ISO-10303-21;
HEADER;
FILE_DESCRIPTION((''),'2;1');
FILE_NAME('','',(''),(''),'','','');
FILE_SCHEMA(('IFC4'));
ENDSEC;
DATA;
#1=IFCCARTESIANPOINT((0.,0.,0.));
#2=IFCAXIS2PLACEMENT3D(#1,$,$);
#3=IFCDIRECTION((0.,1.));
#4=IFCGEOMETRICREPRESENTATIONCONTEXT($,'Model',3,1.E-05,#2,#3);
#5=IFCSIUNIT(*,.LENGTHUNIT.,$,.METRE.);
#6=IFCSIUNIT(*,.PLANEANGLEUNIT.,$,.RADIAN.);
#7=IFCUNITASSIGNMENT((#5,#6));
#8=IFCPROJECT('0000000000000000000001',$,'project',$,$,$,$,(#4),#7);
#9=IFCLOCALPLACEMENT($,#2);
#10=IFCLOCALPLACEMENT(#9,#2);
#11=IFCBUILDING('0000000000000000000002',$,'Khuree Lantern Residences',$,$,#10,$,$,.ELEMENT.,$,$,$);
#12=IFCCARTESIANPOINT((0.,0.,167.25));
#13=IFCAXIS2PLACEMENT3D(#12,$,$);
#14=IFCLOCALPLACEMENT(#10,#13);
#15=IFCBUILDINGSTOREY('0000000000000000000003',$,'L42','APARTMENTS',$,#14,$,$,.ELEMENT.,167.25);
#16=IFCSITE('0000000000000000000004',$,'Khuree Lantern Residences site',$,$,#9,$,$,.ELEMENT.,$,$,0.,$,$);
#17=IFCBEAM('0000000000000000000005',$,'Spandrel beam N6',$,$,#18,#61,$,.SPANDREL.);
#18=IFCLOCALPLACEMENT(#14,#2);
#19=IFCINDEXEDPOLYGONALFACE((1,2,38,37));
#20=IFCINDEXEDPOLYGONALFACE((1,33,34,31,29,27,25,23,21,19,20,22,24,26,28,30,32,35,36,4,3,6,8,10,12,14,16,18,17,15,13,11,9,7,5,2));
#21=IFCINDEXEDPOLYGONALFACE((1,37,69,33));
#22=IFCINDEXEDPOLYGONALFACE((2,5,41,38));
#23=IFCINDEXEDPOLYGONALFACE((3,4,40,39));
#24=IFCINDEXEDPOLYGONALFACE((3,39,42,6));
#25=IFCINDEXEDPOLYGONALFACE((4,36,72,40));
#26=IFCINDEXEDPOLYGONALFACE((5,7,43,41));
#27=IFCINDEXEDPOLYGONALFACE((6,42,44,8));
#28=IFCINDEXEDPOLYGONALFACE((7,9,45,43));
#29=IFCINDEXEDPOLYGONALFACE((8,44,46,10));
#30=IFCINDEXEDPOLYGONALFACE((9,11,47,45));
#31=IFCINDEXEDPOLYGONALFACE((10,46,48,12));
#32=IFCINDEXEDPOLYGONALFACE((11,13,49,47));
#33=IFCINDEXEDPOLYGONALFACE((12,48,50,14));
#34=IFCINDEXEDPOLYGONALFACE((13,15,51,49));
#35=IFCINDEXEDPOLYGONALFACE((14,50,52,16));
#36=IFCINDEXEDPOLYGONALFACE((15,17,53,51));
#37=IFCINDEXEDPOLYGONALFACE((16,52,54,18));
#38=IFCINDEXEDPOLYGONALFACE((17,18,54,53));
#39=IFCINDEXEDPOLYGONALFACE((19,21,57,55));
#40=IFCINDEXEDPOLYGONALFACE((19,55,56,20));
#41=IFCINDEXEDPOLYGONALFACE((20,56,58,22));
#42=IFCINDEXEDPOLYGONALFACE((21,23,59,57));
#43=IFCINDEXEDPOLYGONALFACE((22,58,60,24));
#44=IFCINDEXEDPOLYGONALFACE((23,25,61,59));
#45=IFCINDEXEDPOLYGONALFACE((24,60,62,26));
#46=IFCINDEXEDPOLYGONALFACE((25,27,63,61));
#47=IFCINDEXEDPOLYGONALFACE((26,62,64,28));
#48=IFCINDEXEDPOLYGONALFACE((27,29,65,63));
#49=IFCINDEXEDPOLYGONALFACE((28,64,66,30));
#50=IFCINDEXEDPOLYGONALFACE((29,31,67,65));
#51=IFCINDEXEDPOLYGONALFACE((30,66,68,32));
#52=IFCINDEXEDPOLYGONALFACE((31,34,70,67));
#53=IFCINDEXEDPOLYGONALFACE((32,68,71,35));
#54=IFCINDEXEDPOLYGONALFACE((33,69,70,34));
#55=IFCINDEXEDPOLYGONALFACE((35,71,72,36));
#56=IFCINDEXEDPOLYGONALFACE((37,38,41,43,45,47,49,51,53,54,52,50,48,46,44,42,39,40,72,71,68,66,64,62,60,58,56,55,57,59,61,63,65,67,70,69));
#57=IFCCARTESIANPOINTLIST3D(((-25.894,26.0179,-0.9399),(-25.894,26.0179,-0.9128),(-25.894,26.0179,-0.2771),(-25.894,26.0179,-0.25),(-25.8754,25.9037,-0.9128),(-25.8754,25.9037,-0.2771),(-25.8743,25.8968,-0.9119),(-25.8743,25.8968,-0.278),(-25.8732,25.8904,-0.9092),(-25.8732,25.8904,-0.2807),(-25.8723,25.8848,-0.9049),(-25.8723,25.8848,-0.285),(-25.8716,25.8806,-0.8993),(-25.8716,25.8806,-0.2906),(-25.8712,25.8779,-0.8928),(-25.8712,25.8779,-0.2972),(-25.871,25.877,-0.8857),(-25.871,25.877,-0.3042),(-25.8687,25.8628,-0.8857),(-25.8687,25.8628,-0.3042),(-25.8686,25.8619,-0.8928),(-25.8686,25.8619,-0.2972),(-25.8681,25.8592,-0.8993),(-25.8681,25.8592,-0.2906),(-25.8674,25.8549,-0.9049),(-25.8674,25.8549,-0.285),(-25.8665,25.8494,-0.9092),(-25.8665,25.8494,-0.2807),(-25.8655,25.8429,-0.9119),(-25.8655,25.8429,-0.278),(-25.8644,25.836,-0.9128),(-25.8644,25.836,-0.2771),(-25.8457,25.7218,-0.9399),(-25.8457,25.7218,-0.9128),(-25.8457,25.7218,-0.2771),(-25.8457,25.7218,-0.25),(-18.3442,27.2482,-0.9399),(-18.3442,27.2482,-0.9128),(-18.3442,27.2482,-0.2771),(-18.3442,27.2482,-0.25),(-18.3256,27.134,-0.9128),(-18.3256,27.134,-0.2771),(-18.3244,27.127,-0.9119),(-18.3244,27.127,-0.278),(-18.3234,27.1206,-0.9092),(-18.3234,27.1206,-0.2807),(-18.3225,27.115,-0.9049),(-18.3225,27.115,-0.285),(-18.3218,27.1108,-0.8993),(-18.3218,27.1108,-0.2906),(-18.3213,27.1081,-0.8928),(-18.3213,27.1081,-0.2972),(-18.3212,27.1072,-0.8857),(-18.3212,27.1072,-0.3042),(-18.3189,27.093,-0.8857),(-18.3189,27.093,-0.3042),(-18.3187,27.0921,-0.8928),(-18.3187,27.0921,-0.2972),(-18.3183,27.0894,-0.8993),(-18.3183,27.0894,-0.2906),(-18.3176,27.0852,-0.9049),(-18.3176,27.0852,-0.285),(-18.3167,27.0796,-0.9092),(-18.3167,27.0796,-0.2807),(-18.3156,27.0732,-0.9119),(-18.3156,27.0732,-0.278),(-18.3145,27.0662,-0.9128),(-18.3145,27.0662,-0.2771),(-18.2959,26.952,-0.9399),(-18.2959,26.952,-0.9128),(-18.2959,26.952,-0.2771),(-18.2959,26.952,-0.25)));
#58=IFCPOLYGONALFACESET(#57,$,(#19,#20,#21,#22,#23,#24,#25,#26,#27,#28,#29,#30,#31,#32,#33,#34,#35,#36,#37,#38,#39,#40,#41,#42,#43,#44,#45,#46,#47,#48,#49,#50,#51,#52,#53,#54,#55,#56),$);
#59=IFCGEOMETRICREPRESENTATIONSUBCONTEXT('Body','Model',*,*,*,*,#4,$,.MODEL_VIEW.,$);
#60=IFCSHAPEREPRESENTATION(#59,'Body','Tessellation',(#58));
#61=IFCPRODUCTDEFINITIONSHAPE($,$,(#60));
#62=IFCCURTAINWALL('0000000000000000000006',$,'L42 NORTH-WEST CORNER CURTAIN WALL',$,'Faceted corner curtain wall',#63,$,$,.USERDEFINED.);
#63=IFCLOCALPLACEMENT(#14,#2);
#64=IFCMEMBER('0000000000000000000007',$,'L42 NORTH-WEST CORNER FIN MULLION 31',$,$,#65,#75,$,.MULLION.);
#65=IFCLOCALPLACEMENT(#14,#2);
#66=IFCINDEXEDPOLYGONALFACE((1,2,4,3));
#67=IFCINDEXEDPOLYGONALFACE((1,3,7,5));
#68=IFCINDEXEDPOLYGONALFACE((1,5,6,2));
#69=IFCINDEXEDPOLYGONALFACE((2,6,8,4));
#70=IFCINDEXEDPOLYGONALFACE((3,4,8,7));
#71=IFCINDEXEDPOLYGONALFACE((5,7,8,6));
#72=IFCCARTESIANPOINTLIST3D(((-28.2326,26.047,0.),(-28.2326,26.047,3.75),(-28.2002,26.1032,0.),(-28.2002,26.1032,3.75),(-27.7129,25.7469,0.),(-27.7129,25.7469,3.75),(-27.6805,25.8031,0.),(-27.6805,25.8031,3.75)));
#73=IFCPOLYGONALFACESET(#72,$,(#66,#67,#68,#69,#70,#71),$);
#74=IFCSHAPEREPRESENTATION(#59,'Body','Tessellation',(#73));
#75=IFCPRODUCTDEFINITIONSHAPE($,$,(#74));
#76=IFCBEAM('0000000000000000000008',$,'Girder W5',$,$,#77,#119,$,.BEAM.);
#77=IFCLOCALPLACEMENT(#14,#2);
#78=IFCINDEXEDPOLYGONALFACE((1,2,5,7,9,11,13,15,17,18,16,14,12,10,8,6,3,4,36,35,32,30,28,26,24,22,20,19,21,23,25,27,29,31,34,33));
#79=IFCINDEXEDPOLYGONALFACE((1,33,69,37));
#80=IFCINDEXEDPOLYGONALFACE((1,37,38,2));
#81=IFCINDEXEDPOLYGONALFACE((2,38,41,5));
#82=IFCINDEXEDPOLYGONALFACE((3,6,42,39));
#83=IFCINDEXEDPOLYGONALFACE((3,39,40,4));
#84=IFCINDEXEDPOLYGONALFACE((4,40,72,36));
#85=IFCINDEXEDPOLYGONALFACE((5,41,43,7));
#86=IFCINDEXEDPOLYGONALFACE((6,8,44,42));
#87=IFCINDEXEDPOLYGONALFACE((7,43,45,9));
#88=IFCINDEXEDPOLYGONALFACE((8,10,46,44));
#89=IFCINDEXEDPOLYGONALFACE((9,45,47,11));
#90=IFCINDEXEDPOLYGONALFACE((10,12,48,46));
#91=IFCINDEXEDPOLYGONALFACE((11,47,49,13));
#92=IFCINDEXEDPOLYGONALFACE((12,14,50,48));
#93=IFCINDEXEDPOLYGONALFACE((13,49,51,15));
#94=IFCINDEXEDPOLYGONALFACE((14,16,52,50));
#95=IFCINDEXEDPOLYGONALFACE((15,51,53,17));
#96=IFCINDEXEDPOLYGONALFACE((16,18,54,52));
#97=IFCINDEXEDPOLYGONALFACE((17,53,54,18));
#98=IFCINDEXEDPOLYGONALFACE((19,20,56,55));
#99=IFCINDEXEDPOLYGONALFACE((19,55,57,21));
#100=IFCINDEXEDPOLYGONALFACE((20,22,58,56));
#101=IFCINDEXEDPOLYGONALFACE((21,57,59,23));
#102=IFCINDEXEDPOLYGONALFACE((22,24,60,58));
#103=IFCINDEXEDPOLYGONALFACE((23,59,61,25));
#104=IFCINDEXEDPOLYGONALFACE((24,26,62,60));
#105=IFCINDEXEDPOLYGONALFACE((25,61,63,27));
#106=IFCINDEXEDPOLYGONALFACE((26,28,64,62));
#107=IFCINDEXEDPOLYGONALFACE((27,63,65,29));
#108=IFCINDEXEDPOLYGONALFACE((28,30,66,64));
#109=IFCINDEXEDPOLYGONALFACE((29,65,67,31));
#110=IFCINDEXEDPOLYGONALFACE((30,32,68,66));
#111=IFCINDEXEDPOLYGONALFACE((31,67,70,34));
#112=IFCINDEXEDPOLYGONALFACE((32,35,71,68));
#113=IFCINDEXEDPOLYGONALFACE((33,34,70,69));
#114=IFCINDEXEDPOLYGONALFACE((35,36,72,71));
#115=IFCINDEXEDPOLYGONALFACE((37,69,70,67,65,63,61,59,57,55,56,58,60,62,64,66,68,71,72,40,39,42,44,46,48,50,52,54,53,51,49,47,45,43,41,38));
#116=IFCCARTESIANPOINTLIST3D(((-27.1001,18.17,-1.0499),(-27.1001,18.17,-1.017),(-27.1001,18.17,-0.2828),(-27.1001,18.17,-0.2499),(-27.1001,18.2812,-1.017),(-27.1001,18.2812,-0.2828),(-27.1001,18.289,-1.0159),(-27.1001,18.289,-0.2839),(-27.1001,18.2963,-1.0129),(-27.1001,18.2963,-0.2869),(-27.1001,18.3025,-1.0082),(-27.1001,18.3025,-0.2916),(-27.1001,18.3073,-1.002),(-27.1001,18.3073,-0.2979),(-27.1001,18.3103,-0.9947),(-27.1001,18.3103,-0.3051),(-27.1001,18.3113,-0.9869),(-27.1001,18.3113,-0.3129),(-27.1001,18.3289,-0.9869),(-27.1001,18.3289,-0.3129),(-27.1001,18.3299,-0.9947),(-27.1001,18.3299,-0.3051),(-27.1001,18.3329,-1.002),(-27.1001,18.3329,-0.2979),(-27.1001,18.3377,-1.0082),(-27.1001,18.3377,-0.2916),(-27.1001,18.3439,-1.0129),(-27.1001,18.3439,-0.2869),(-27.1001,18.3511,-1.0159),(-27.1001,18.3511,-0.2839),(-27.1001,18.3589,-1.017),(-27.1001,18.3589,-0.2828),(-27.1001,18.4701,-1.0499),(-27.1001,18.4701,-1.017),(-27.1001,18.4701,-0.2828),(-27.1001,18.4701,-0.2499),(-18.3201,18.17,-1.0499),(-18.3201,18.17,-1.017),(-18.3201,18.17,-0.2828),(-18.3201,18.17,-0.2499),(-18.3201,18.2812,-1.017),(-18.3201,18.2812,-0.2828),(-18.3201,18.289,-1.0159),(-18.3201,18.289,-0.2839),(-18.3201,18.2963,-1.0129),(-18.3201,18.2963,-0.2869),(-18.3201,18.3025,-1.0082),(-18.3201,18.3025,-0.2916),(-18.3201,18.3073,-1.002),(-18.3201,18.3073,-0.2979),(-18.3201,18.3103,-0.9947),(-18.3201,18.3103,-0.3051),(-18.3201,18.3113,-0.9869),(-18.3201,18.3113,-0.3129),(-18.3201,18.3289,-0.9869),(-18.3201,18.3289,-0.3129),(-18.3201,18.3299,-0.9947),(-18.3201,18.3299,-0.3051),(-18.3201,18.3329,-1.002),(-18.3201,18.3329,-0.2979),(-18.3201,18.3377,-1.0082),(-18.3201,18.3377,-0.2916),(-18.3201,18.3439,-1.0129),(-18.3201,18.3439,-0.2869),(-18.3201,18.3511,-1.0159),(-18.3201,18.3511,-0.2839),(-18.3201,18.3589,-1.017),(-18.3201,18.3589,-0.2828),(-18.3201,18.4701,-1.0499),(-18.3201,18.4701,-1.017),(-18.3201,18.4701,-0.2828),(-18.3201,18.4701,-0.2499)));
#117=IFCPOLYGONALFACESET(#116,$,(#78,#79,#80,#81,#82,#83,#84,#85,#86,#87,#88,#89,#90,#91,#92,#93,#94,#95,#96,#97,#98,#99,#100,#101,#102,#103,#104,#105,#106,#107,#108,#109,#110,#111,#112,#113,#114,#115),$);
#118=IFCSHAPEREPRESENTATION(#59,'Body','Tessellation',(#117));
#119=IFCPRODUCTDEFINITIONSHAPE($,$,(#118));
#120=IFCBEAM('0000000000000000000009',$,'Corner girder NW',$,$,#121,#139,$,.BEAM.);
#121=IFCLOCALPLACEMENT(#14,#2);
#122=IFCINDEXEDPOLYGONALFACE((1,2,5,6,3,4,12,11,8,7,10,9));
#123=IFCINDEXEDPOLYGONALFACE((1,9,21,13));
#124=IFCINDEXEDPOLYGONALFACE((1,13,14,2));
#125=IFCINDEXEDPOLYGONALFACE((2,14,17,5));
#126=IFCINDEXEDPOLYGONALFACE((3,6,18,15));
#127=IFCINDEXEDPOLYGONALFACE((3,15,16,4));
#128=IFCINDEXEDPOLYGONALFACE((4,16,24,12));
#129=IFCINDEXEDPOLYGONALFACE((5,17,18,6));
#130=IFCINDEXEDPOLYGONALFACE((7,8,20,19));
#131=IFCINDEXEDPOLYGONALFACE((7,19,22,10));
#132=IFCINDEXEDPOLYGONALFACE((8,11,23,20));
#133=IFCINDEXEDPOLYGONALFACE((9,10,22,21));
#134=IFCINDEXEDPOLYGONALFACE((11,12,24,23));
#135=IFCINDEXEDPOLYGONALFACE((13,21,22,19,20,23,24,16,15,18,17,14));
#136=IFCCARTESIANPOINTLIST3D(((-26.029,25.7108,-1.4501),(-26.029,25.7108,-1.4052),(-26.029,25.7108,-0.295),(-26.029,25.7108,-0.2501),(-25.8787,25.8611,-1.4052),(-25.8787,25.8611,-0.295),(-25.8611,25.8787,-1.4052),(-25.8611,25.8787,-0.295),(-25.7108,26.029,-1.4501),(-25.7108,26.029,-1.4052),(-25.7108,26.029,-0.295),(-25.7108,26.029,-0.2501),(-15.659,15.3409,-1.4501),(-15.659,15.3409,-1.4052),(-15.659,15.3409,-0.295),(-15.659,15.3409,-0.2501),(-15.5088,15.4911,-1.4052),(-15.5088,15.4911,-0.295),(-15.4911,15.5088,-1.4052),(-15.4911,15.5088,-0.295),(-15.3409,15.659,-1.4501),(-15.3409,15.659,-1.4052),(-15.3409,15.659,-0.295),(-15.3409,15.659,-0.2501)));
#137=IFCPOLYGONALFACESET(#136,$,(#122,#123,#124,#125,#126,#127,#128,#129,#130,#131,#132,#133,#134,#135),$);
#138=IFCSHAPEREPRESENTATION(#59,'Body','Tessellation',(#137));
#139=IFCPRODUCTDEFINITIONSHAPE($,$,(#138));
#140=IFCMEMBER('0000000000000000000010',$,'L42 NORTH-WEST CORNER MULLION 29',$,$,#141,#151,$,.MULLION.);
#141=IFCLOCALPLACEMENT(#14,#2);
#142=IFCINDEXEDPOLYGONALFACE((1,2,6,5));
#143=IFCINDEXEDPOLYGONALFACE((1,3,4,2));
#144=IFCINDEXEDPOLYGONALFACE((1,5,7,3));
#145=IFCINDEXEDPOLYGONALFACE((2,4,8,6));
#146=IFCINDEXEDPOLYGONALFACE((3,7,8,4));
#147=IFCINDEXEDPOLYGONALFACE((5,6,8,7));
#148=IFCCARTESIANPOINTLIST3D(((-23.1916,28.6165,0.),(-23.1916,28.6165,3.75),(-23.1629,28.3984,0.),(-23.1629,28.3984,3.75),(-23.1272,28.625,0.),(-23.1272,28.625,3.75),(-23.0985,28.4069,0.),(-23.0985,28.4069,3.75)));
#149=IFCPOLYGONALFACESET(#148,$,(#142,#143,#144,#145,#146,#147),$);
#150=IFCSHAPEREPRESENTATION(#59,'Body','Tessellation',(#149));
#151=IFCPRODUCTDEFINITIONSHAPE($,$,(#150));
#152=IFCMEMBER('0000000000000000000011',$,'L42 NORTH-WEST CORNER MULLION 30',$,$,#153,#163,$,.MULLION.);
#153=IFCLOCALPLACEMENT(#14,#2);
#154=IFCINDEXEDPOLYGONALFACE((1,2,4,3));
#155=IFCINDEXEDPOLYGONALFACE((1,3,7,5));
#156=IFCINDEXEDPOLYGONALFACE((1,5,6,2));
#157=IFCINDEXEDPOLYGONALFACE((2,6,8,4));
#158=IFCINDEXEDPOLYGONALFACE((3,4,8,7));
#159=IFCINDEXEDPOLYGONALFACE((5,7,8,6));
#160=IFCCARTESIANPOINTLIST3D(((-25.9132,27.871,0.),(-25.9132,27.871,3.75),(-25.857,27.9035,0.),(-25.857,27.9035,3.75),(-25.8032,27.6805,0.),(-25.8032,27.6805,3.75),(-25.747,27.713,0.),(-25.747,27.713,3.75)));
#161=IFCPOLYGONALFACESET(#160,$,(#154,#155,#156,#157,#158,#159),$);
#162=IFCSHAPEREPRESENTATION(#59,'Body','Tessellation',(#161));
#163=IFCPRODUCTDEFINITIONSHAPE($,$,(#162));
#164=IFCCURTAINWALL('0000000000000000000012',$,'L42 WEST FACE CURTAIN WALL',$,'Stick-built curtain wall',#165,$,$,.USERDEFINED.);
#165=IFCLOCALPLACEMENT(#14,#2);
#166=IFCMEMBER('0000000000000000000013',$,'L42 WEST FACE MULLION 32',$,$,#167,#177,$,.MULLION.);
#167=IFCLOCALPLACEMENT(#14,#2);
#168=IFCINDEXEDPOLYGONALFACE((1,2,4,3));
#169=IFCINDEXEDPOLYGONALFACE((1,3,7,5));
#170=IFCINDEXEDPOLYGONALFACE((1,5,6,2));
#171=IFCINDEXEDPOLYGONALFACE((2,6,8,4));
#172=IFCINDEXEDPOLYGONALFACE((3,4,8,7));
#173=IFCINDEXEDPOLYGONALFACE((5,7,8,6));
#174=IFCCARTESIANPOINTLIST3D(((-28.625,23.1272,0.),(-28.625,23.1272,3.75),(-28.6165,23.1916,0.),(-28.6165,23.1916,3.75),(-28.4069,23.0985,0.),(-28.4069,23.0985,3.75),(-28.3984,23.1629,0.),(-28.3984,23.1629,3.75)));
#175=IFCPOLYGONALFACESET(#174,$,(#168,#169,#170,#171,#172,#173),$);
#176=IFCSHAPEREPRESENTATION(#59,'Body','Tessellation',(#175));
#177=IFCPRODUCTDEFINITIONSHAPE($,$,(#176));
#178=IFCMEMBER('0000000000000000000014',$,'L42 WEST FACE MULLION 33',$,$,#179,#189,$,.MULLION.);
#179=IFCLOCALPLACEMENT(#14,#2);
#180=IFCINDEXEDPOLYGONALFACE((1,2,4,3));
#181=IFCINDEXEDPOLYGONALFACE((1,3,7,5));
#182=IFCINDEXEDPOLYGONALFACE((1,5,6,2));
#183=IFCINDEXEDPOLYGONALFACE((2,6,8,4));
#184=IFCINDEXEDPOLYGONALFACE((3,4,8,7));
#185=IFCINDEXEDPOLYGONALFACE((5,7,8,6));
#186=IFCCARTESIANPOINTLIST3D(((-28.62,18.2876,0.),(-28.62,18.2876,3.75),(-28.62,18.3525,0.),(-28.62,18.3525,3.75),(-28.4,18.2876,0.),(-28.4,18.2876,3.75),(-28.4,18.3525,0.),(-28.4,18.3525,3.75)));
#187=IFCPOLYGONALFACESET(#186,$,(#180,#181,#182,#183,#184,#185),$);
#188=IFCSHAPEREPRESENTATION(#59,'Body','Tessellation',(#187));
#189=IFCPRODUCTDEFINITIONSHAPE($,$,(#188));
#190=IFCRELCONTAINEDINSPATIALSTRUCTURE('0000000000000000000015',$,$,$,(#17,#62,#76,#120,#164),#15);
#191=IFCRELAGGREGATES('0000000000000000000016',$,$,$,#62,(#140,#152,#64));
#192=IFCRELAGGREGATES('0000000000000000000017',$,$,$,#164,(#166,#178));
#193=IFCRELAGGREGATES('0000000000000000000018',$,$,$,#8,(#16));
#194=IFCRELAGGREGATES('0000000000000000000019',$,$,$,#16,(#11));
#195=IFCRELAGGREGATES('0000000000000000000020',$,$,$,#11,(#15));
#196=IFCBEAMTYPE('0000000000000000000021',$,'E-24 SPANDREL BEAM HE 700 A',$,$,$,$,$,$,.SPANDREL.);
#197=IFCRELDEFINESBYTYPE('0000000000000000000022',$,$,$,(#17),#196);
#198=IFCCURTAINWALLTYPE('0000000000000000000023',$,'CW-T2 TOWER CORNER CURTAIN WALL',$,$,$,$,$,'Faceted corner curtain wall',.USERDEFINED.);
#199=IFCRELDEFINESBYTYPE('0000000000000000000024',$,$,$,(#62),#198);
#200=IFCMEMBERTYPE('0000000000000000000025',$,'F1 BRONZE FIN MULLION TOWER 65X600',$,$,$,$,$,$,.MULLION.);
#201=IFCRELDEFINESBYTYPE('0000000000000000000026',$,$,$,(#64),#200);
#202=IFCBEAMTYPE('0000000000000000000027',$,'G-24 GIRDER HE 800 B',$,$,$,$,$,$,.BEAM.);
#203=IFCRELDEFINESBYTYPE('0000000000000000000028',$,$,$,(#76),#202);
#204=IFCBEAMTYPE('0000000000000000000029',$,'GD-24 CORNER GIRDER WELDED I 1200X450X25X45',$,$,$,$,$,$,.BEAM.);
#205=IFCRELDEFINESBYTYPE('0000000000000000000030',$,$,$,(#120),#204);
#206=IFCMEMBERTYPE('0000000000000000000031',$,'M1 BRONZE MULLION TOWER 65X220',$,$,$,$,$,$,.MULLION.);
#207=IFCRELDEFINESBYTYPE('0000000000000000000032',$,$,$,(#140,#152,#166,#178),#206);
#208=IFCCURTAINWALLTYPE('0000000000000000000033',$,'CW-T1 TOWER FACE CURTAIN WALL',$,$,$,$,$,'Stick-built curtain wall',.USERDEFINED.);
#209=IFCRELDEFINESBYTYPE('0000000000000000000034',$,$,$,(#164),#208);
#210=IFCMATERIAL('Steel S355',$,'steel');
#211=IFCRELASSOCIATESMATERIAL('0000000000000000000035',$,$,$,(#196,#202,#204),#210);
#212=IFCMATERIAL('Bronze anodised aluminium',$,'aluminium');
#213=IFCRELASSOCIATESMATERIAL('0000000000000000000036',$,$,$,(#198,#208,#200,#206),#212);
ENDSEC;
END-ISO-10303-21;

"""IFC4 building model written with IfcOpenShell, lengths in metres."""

from ifc_helpers import new_model, si_unit, direction, frame, origin, origin_2d, place, context, subcontext, project, spatial, rectangle, i_section, extrude, material, material_profile, profile_set, type_object, element, aggregate, save


model = new_model("IFC4")

# Units and contexts
model_context = context("Model", 3, precision=1e-05, world=origin(), true_north=direction((0.0, 1.0)))
body_context = subcontext(model_context, "Body", "Model", "MODEL_VIEW")
ifc_project = project(units=[si_unit("LENGTHUNIT", "METRE"), si_unit("PLANEANGLEUNIT", "RADIAN")], contexts=[model_context])

# Site, building, storey
site_placement = place(None, origin())
site = spatial("IfcSite", under=ifc_project, at=site_placement, Name="Khuree Lantern Residences site", CompositionType="ELEMENT", RefElevation=0.0)
building_placement = place(site_placement, origin())
building = spatial("IfcBuilding", under=site, at=building_placement, Name="Khuree Lantern Residences", CompositionType="ELEMENT")
storey_placement = place(building_placement, frame((0.0, 0.0, 167.25)))
storey = spatial("IfcBuildingStorey", under=building, at=storey_placement, Name="L42", Description="APARTMENTS", CompositionType="ELEMENT", Elevation=167.25)

# Beam
ifc_material_1 = material(Name="Steel S355", Category="steel")
ifc_material_profile_1 = material_profile(ifc_material_1, i_section(OverallWidth=0.3, OverallDepth=0.6899, WebThickness=0.0144, FlangeThickness=0.0271, FilletRadius=0.0271, at=origin_2d()), Name="HE 700 A")
ifc_profile_set_1 = profile_set([ifc_material_profile_1], Name="Steel S355")
beam_type_1 = type_object("IfcBeamType", Name="E-24 SPANDREL BEAM HE 700 A", PredefinedType="SPANDREL", material=ifc_profile_set_1)
for number, where, z_axis, x_axis, name in (
    (1, (-25.8699, 25.8699, -0.595), (0.986983, 0.160827, 0.0), (-0.160827, 0.986983, 0.0), "Spandrel beam N6"),
):
    element("IfcBeam", number, at=place(storey_placement, frame(where, z_axis=z_axis, x_axis=x_axis)), inside=storey, type_object=beam_type_1, Name=name, PredefinedType="SPANDREL", context=body_context, shape_type="SweptSolid", body=[
        extrude(i_section(OverallWidth=0.3, OverallDepth=0.6899, WebThickness=0.0144, FlangeThickness=0.0271, FilletRadius=0.0271, at=origin_2d()), origin(), (0.0, 0.0, 1.0), 7.6494),
    ])

# Curtain wall, member
ifc_material_2 = material(Name="Bronze anodised aluminium", Category="aluminium")
curtain_wall_type_1 = type_object("IfcCurtainWallType", Name="CW-T2 TOWER CORNER CURTAIN WALL", ElementType="Faceted corner curtain wall", PredefinedType="USERDEFINED", material=ifc_material_2)
curtain_wall_1_placement = place(storey_placement, origin())
curtain_wall_1 = element("IfcCurtainWall", 2, at=curtain_wall_1_placement, inside=storey, type_object=curtain_wall_type_1, Name="L42 NORTH-WEST CORNER CURTAIN WALL", ObjectType="Faceted corner curtain wall", PredefinedType="USERDEFINED")
ifc_material_profile_2 = material_profile(ifc_material_2, rectangle(XDim=0.0649, YDim=0.6001, at=origin_2d()), Name="F1 65X600")
ifc_profile_set_2 = profile_set([ifc_material_profile_2], Name="Bronze anodised aluminium")
member_type_1 = type_object("IfcMemberType", Name="F1 BRONZE FIN MULLION TOWER 65X600", PredefinedType="MULLION", material=ifc_profile_set_2)
member_1_placement = place(storey_placement, frame((-27.9565, 25.925, 0.0), z_axis=(0.0, 0.0, 1.0), x_axis=(-0.5, -0.866025, 0.0)))
member_1 = element("IfcMember", 3, at=member_1_placement, type_object=member_type_1, Name="L42 NORTH-WEST CORNER FIN MULLION 31", PredefinedType="MULLION", context=body_context, shape_type="SweptSolid", body=[
    extrude(rectangle(XDim=0.0649, YDim=0.6001, at=origin_2d()), origin(), (0.0, 0.0, 1.0), 3.75),
])

# Beams
ifc_material_profile_3 = material_profile(ifc_material_1, i_section(OverallWidth=0.3, OverallDepth=0.8, WebThickness=0.0176, FlangeThickness=0.033, FilletRadius=0.03, at=origin_2d()), Name="HE 800 B")
ifc_profile_set_3 = profile_set([ifc_material_profile_3], Name="Steel S355")
beam_type_2 = type_object("IfcBeamType", Name="G-24 GIRDER HE 800 B", PredefinedType="BEAM", material=ifc_profile_set_3)
beam_1_placement = place(storey_placement, frame((-27.1001, 18.3201, -0.6499), z_axis=(1.0, 0.0, 0.0), x_axis=(0.0, 1.0, 0.0)))
element("IfcBeam", 4, at=beam_1_placement, inside=storey, type_object=beam_type_2, Name="Girder W5", PredefinedType="BEAM", context=body_context, shape_type="SweptSolid", body=[
    extrude(i_section(OverallWidth=0.3, OverallDepth=0.8, WebThickness=0.0176, FlangeThickness=0.033, FilletRadius=0.03, at=origin_2d()), origin(), (0.0, 0.0, 1.0), 8.78),
])
ifc_material_profile_4 = material_profile(ifc_material_1, i_section(OverallWidth=0.45, OverallDepth=1.2, WebThickness=0.0249, FlangeThickness=0.0449, at=origin_2d()), Name="WELDED I 1200X450X25X45")
ifc_profile_set_4 = profile_set([ifc_material_profile_4], Name="Steel S355")
beam_type_3 = type_object("IfcBeamType", Name="GD-24 CORNER GIRDER WELDED I 1200X450X25X45", PredefinedType="BEAM", material=ifc_profile_set_4)
beam_2_placement = place(storey_placement, frame((-25.8699, 25.8699, -0.8501), z_axis=(0.707107, -0.707107, 0.0), x_axis=(0.707107, 0.707107, 0.0)))
element("IfcBeam", 5, at=beam_2_placement, inside=storey, type_object=beam_type_3, Name="Corner girder NW", PredefinedType="BEAM", context=body_context, shape_type="SweptSolid", body=[
    extrude(i_section(OverallWidth=0.45, OverallDepth=1.2, WebThickness=0.0249, FlangeThickness=0.0449, at=origin_2d()), origin(), (0.0, 0.0, 1.0), 14.6653),
])

# Members
ifc_material_profile_5 = material_profile(ifc_material_2, rectangle(XDim=0.0649, YDim=0.22, at=origin_2d()), Name="M1 65X220")
ifc_profile_set_5 = profile_set([ifc_material_profile_5], Name="Bronze anodised aluminium")
member_type_2 = type_object("IfcMemberType", Name="M1 BRONZE MULLION TOWER 65X220", PredefinedType="MULLION", material=ifc_profile_set_5)
member_2_placement = place(storey_placement, frame((-23.145, 28.5117, 0.0), z_axis=(0.0, 0.0, 1.0), x_axis=(-0.991445, -0.130526, 0.0)))
member_2 = element("IfcMember", 6, at=member_2_placement, type_object=member_type_2, Name="L42 NORTH-WEST CORNER MULLION 29", PredefinedType="MULLION", context=body_context, shape_type="SweptSolid", body=[
    extrude(rectangle(XDim=0.0649, YDim=0.22, at=origin_2d()), origin(), (0.0, 0.0, 1.0), 3.75),
])
member_3_placement = place(storey_placement, frame((-25.8301, 27.792, 0.0), z_axis=(0.0, 0.0, 1.0), x_axis=(-0.866025, -0.5, 0.0)))
member_3 = element("IfcMember", 7, at=member_3_placement, type_object=member_type_2, Name="L42 NORTH-WEST CORNER MULLION 30", PredefinedType="MULLION", context=body_context, shape_type="SweptSolid", body=[
    extrude(rectangle(XDim=0.0649, YDim=0.22, at=origin_2d()), origin(), (0.0, 0.0, 1.0), 3.75),
])

# Curtain wall, members
curtain_wall_type_2 = type_object("IfcCurtainWallType", Name="CW-T1 TOWER FACE CURTAIN WALL", ElementType="Stick-built curtain wall", PredefinedType="USERDEFINED", material=ifc_material_2)
curtain_wall_2_placement = place(storey_placement, origin())
curtain_wall_2 = element("IfcCurtainWall", 8, at=curtain_wall_2_placement, inside=storey, type_object=curtain_wall_type_2, Name="L42 WEST FACE CURTAIN WALL", ObjectType="Stick-built curtain wall", PredefinedType="USERDEFINED")
member_4_placement = place(storey_placement, frame((-28.5117, 23.145, 0.0), z_axis=(0.0, 0.0, 1.0), x_axis=(-0.130526, -0.991445, 0.0)))
member_4 = element("IfcMember", 9, at=member_4_placement, type_object=member_type_2, Name="L42 WEST FACE MULLION 32", PredefinedType="MULLION", context=body_context, shape_type="SweptSolid", body=[
    extrude(rectangle(XDim=0.0649, YDim=0.22, at=origin_2d()), origin(), (0.0, 0.0, 1.0), 3.75),
])
member_5_placement = place(storey_placement, frame((-28.51, 18.3201, 0.0), z_axis=(0.0, 0.0, 1.0), x_axis=(0.0, -1.0, 0.0)))
member_5 = element("IfcMember", 10, at=member_5_placement, type_object=member_type_2, Name="L42 WEST FACE MULLION 33", PredefinedType="MULLION", context=body_context, shape_type="SweptSolid", body=[
    extrude(rectangle(XDim=0.0649, YDim=0.22, at=origin_2d()), origin(), (0.0, 0.0, 1.0), 3.75),
])

aggregate(curtain_wall_1, [member_2, member_3, member_1])

aggregate(curtain_wall_2, [member_4, member_5])

save(model, "model.ifc")
